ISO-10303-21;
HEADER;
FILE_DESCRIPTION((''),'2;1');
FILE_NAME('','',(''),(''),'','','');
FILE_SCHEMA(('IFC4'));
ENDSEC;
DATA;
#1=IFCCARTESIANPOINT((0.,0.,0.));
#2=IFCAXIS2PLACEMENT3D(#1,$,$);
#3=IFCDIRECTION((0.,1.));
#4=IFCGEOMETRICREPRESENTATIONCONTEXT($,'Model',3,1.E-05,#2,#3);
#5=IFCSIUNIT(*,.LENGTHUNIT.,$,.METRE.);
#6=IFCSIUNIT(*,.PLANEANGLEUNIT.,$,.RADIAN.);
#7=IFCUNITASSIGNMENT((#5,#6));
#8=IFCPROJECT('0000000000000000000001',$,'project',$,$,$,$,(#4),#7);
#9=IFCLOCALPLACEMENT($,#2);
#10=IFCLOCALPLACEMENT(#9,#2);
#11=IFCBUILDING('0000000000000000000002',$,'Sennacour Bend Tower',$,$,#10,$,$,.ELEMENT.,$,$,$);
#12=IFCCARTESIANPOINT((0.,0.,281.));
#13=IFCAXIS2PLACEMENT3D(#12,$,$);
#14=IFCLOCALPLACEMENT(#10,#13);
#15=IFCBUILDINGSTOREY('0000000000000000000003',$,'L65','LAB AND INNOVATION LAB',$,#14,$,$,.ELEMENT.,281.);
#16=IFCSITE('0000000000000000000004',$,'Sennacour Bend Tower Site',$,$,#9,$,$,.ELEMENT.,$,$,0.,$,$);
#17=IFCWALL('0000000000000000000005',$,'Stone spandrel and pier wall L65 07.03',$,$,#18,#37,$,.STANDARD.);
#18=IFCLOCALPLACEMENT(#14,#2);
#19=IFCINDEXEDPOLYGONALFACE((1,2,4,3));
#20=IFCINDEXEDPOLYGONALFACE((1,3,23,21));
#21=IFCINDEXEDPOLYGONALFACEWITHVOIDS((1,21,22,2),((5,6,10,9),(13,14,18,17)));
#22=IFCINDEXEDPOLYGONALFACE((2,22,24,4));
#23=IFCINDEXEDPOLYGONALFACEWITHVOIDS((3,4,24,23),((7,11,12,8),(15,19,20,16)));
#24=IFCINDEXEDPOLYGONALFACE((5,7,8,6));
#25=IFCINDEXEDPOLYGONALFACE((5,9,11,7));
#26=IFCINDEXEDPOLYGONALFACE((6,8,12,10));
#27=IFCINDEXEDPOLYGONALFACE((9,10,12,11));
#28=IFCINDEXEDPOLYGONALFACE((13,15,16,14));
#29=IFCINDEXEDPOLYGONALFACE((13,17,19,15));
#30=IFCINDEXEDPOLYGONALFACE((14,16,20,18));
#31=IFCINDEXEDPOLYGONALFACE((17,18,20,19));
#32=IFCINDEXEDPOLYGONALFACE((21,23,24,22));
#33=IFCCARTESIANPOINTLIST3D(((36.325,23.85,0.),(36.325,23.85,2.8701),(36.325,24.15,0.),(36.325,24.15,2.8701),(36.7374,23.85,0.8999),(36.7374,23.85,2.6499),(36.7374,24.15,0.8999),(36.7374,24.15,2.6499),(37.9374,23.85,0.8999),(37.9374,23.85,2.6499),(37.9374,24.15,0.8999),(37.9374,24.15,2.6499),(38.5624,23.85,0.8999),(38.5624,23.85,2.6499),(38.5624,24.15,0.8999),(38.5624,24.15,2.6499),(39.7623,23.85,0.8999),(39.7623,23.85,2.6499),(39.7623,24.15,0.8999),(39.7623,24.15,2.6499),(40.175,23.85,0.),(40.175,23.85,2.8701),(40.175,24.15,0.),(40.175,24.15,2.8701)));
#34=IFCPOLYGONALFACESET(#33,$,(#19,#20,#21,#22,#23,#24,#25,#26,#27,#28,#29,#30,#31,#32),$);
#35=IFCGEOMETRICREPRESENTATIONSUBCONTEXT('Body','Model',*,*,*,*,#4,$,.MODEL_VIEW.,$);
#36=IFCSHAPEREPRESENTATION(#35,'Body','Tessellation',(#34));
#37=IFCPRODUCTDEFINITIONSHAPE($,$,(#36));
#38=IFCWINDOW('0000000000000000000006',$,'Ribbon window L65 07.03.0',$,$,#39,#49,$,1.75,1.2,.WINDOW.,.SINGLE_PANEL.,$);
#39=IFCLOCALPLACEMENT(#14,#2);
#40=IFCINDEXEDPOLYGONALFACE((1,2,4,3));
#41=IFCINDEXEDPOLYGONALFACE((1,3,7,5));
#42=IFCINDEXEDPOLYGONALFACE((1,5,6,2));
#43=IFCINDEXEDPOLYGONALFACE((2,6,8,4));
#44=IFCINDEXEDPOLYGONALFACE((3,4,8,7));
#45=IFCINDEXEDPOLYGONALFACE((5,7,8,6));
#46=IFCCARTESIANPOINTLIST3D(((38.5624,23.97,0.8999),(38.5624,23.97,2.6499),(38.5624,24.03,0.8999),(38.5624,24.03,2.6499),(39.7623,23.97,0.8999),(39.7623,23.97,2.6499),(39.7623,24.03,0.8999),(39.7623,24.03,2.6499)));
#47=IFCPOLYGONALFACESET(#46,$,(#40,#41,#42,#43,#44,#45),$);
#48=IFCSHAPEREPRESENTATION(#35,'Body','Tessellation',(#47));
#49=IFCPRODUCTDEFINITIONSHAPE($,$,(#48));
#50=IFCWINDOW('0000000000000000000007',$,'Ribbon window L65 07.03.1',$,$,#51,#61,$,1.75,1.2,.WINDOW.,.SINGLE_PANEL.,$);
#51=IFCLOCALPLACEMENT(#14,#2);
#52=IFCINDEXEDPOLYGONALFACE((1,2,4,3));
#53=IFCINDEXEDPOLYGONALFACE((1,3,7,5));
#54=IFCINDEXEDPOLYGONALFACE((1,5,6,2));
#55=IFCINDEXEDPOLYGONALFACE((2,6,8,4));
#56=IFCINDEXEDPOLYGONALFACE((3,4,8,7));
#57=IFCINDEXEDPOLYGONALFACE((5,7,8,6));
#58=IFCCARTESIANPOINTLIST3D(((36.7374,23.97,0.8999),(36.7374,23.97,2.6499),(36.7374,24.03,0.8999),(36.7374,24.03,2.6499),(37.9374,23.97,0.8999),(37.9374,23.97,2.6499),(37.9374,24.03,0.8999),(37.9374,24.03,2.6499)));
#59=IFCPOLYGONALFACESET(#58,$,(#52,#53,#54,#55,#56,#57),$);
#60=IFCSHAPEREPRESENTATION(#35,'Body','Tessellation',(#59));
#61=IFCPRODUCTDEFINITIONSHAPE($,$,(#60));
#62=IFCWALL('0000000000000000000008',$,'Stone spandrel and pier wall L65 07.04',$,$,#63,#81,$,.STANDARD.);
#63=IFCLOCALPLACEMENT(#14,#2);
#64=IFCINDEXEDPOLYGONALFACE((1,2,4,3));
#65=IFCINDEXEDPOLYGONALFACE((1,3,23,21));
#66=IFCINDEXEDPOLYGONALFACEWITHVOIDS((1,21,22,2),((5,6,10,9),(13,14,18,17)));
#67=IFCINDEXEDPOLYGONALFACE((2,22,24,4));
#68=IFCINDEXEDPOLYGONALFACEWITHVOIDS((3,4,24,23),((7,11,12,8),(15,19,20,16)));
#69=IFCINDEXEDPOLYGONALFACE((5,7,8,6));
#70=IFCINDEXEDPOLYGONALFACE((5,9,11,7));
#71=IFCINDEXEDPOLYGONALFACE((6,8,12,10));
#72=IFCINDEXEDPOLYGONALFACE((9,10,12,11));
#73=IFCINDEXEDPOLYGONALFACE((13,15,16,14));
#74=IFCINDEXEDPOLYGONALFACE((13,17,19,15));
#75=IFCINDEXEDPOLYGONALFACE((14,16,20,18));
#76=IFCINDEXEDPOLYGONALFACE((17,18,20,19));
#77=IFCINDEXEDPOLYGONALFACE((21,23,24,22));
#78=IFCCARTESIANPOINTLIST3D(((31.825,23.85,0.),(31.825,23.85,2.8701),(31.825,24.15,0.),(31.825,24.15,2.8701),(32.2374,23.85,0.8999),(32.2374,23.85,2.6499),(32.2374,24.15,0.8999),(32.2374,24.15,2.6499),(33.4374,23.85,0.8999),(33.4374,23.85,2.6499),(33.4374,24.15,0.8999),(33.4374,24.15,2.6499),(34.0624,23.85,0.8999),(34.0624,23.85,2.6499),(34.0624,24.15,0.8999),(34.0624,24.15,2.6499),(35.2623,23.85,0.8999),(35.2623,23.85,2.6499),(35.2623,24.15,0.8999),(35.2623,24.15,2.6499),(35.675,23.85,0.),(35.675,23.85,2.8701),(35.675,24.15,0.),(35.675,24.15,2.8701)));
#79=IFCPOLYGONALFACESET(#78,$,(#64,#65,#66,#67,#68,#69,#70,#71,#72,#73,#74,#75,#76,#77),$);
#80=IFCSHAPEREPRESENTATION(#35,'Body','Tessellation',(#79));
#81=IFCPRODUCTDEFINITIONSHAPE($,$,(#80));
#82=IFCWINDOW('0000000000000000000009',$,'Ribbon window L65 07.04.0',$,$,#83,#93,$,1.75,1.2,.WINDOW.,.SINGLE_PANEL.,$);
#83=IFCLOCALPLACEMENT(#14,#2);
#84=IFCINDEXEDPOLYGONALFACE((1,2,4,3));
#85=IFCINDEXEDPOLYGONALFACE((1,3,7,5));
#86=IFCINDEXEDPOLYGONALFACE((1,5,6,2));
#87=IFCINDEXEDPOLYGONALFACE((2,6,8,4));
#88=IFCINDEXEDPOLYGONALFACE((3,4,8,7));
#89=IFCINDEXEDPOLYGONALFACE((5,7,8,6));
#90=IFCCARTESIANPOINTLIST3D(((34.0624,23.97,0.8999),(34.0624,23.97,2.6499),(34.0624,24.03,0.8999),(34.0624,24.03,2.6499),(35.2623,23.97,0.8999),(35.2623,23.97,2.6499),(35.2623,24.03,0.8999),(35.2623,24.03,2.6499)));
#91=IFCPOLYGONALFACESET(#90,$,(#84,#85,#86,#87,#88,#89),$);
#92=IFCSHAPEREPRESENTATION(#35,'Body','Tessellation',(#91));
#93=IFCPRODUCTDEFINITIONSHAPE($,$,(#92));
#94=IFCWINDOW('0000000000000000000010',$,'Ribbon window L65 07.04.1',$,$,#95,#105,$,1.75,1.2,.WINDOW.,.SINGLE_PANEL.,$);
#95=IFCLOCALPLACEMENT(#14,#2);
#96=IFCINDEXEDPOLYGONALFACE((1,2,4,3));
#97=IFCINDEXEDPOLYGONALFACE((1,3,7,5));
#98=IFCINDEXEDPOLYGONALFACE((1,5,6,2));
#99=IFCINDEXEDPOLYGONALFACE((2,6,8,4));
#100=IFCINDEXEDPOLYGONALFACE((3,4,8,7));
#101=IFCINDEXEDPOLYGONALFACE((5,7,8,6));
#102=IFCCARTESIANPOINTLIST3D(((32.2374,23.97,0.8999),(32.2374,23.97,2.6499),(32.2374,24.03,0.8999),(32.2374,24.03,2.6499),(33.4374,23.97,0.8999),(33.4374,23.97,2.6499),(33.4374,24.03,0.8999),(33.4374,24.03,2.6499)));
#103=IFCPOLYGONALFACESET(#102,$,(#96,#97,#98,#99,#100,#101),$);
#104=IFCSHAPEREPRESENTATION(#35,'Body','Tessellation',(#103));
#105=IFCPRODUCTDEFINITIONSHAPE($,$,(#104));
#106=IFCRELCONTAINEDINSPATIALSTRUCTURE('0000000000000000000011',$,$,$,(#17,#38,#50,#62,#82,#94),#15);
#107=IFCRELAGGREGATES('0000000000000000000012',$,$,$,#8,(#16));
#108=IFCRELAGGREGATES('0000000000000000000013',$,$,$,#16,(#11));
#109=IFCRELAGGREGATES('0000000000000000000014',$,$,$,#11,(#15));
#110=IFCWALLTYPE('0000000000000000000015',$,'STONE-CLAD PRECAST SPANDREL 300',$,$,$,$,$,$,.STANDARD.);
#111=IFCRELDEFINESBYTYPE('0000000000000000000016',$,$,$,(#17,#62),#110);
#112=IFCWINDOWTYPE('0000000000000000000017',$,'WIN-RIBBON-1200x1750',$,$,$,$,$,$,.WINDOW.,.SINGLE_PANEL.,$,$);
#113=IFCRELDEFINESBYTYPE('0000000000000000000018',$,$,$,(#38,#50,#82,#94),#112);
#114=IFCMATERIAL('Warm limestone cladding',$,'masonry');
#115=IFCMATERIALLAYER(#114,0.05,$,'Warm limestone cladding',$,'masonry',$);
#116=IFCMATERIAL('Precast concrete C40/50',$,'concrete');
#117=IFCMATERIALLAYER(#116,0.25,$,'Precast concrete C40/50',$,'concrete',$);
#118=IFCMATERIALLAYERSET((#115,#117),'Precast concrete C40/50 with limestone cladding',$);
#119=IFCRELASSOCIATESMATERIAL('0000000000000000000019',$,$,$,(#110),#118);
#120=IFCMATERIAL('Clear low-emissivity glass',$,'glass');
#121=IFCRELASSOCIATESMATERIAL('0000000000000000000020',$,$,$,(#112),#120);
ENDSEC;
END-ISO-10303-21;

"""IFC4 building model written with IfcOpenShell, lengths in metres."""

from ifc_helpers import new_model, si_unit, direction, frame, frame_2d, origin, place, context, subcontext, project, spatial, rectangle, extrude, material, layer, layer_set, type_object, element, fill, save


model = new_model("IFC4")

# Units and contexts
model_context = context("Model", 3, precision=1e-05, world=origin(), true_north=direction((0.0, 1.0)))
body_context = subcontext(model_context, "Body", "Model", "MODEL_VIEW")
ifc_project = project(units=[si_unit("LENGTHUNIT", "METRE"), si_unit("PLANEANGLEUNIT", "RADIAN")], contexts=[model_context])

# Site, building, storey
site_placement = place(None, origin())
site = spatial("IfcSite", under=ifc_project, at=site_placement, Name="Sennacour Bend Tower Site", CompositionType="ELEMENT", RefElevation=0.0)
building_placement = place(site_placement, origin())
building = spatial("IfcBuilding", under=site, at=building_placement, Name="Sennacour Bend Tower", CompositionType="ELEMENT")
storey_placement = place(building_placement, frame((0.0, 0.0, 281.0)))
storey = spatial("IfcBuildingStorey", under=building, at=storey_placement, Name="L65", Description="LAB AND INNOVATION LAB", CompositionType="ELEMENT", Elevation=281.0)

# Walls, openings, windows
ifc_material_1 = material(Name="Warm limestone cladding", Category="masonry")
ifc_layer_1 = layer(ifc_material_1, 0.05, Name="Warm limestone cladding", Category="masonry")
ifc_material_2 = material(Name="Precast concrete C40/50", Category="concrete")
ifc_layer_2 = layer(ifc_material_2, 0.25, Name="Precast concrete C40/50", Category="concrete")
ifc_layer_set_1 = layer_set([ifc_layer_1, ifc_layer_2], Name="Precast concrete C40/50 with limestone cladding")
wall_type_1 = type_object("IfcWallType", Name="STONE-CLAD PRECAST SPANDREL 300", PredefinedType="STANDARD", material=ifc_layer_set_1)
wall_1_placement = place(storey_placement, frame((40.175, 24.0, 0.0), z_axis=(0.0, 0.0, 1.0), x_axis=(-1.0, 0.0, 0.0)))
wall_1 = element("IfcWall", 1, at=wall_1_placement, inside=storey, type_object=wall_type_1, Name="Stone spandrel and pier wall L65 07.03", PredefinedType="STANDARD", context=body_context, shape_type="SweptSolid", body=[
    extrude(rectangle(XDim=3.8501, YDim=0.3, at=frame_2d((1.925, 0.0))), origin(), (0.0, 0.0, 1.0), 2.8701),
])
opening_1_placement = place(wall_1_placement, frame((0.4126, 0.0, 0.8999)))
opening_1 = element("IfcOpeningElement", 2, at=opening_1_placement, cuts=wall_1, PredefinedType="OPENING", context=body_context, shape_type="SweptSolid", body=[
    extrude(rectangle(XDim=1.2, YDim=1.75, at=frame_2d((0.6001, 0.875))), frame((0.0, 0.1602, 0.0), z_axis=(0.0, -1.0, 0.0), x_axis=(1.0, 0.0, 0.0)), (0.0, 0.0, 1.0), 0.3201),
])
opening_2_placement = place(wall_1_placement, frame((2.2375, 0.0, 0.8999)))
opening_2 = element("IfcOpeningElement", 3, at=opening_2_placement, cuts=wall_1, PredefinedType="OPENING", context=body_context, shape_type="SweptSolid", body=[
    extrude(rectangle(XDim=1.2, YDim=1.75, at=frame_2d((0.6001, 0.875))), frame((0.0, 0.1602, 0.0), z_axis=(0.0, -1.0, 0.0), x_axis=(1.0, 0.0, 0.0)), (0.0, 0.0, 1.0), 0.3201),
])
ifc_material_3 = material(Name="Clear low-emissivity glass", Category="glass")
window_type = type_object("IfcWindowType", Name="WIN-RIBBON-1200x1750", PartitioningType="SINGLE_PANEL", PredefinedType="WINDOW", material=ifc_material_3)
window_1_placement = place(opening_1_placement, origin())
window_1 = element("IfcWindow", 4, at=window_1_placement, inside=storey, type_object=window_type, Name="Ribbon window L65 07.03.0", OverallHeight=1.75, OverallWidth=1.2, PartitioningType="SINGLE_PANEL", PredefinedType="WINDOW", context=body_context, shape_type="SweptSolid", body=[
    extrude(rectangle(XDim=1.2, YDim=1.75, at=frame_2d((0.6001, 0.875))), frame((0.0, 0.03, 0.0), z_axis=(0.0, -1.0, 0.0), x_axis=(1.0, 0.0, 0.0)), (0.0, 0.0, 1.0), 0.0601),
])
fill(opening_1, window_1)
window_2_placement = place(opening_2_placement, origin())
window_2 = element("IfcWindow", 5, at=window_2_placement, inside=storey, type_object=window_type, Name="Ribbon window L65 07.03.1", OverallHeight=1.75, OverallWidth=1.2, PartitioningType="SINGLE_PANEL", PredefinedType="WINDOW", context=body_context, shape_type="SweptSolid", body=[
    extrude(rectangle(XDim=1.2, YDim=1.75, at=frame_2d((0.6001, 0.875))), frame((0.0, 0.03, 0.0), z_axis=(0.0, -1.0, 0.0), x_axis=(1.0, 0.0, 0.0)), (0.0, 0.0, 1.0), 0.0601),
])
fill(opening_2, window_2)
wall_2_placement = place(storey_placement, frame((35.675, 24.0, 0.0), z_axis=(0.0, 0.0, 1.0), x_axis=(-1.0, 0.0, 0.0)))
wall_2 = element("IfcWall", 6, at=wall_2_placement, inside=storey, type_object=wall_type_1, Name="Stone spandrel and pier wall L65 07.04", PredefinedType="STANDARD", context=body_context, shape_type="SweptSolid", body=[
    extrude(rectangle(XDim=3.8501, YDim=0.3, at=frame_2d((1.925, 0.0))), origin(), (0.0, 0.0, 1.0), 2.8701),
])
opening_3_placement = place(wall_2_placement, frame((0.4126, 0.0, 0.8999)))
opening_3 = element("IfcOpeningElement", 7, at=opening_3_placement, cuts=wall_2, PredefinedType="OPENING", context=body_context, shape_type="SweptSolid", body=[
    extrude(rectangle(XDim=1.2, YDim=1.75, at=frame_2d((0.6001, 0.875))), frame((0.0, 0.1602, 0.0), z_axis=(0.0, -1.0, 0.0), x_axis=(1.0, 0.0, 0.0)), (0.0, 0.0, 1.0), 0.3201),
])
opening_4_placement = place(wall_2_placement, frame((2.2375, 0.0, 0.8999)))
opening_4 = element("IfcOpeningElement", 8, at=opening_4_placement, cuts=wall_2, PredefinedType="OPENING", context=body_context, shape_type="SweptSolid", body=[
    extrude(rectangle(XDim=1.2, YDim=1.75, at=frame_2d((0.6001, 0.875))), frame((0.0, 0.1602, 0.0), z_axis=(0.0, -1.0, 0.0), x_axis=(1.0, 0.0, 0.0)), (0.0, 0.0, 1.0), 0.3201),
])
window_3_placement = place(opening_3_placement, origin())
window_3 = element("IfcWindow", 9, at=window_3_placement, inside=storey, type_object=window_type, Name="Ribbon window L65 07.04.0", OverallHeight=1.75, OverallWidth=1.2, PartitioningType="SINGLE_PANEL", PredefinedType="WINDOW", context=body_context, shape_type="SweptSolid", body=[
    extrude(rectangle(XDim=1.2, YDim=1.75, at=frame_2d((0.6001, 0.875))), frame((0.0, 0.03, 0.0), z_axis=(0.0, -1.0, 0.0), x_axis=(1.0, 0.0, 0.0)), (0.0, 0.0, 1.0), 0.0601),
])
fill(opening_3, window_3)
window_4_placement = place(opening_4_placement, origin())
window_4 = element("IfcWindow", 10, at=window_4_placement, inside=storey, type_object=window_type, Name="Ribbon window L65 07.04.1", OverallHeight=1.75, OverallWidth=1.2, PartitioningType="SINGLE_PANEL", PredefinedType="WINDOW", context=body_context, shape_type="SweptSolid", body=[
    extrude(rectangle(XDim=1.2, YDim=1.75, at=frame_2d((0.6001, 0.875))), frame((0.0, 0.03, 0.0), z_axis=(0.0, -1.0, 0.0), x_axis=(1.0, 0.0, 0.0)), (0.0, 0.0, 1.0), 0.0601),
])
fill(opening_4, window_4)

save(model, "model.ifc")
